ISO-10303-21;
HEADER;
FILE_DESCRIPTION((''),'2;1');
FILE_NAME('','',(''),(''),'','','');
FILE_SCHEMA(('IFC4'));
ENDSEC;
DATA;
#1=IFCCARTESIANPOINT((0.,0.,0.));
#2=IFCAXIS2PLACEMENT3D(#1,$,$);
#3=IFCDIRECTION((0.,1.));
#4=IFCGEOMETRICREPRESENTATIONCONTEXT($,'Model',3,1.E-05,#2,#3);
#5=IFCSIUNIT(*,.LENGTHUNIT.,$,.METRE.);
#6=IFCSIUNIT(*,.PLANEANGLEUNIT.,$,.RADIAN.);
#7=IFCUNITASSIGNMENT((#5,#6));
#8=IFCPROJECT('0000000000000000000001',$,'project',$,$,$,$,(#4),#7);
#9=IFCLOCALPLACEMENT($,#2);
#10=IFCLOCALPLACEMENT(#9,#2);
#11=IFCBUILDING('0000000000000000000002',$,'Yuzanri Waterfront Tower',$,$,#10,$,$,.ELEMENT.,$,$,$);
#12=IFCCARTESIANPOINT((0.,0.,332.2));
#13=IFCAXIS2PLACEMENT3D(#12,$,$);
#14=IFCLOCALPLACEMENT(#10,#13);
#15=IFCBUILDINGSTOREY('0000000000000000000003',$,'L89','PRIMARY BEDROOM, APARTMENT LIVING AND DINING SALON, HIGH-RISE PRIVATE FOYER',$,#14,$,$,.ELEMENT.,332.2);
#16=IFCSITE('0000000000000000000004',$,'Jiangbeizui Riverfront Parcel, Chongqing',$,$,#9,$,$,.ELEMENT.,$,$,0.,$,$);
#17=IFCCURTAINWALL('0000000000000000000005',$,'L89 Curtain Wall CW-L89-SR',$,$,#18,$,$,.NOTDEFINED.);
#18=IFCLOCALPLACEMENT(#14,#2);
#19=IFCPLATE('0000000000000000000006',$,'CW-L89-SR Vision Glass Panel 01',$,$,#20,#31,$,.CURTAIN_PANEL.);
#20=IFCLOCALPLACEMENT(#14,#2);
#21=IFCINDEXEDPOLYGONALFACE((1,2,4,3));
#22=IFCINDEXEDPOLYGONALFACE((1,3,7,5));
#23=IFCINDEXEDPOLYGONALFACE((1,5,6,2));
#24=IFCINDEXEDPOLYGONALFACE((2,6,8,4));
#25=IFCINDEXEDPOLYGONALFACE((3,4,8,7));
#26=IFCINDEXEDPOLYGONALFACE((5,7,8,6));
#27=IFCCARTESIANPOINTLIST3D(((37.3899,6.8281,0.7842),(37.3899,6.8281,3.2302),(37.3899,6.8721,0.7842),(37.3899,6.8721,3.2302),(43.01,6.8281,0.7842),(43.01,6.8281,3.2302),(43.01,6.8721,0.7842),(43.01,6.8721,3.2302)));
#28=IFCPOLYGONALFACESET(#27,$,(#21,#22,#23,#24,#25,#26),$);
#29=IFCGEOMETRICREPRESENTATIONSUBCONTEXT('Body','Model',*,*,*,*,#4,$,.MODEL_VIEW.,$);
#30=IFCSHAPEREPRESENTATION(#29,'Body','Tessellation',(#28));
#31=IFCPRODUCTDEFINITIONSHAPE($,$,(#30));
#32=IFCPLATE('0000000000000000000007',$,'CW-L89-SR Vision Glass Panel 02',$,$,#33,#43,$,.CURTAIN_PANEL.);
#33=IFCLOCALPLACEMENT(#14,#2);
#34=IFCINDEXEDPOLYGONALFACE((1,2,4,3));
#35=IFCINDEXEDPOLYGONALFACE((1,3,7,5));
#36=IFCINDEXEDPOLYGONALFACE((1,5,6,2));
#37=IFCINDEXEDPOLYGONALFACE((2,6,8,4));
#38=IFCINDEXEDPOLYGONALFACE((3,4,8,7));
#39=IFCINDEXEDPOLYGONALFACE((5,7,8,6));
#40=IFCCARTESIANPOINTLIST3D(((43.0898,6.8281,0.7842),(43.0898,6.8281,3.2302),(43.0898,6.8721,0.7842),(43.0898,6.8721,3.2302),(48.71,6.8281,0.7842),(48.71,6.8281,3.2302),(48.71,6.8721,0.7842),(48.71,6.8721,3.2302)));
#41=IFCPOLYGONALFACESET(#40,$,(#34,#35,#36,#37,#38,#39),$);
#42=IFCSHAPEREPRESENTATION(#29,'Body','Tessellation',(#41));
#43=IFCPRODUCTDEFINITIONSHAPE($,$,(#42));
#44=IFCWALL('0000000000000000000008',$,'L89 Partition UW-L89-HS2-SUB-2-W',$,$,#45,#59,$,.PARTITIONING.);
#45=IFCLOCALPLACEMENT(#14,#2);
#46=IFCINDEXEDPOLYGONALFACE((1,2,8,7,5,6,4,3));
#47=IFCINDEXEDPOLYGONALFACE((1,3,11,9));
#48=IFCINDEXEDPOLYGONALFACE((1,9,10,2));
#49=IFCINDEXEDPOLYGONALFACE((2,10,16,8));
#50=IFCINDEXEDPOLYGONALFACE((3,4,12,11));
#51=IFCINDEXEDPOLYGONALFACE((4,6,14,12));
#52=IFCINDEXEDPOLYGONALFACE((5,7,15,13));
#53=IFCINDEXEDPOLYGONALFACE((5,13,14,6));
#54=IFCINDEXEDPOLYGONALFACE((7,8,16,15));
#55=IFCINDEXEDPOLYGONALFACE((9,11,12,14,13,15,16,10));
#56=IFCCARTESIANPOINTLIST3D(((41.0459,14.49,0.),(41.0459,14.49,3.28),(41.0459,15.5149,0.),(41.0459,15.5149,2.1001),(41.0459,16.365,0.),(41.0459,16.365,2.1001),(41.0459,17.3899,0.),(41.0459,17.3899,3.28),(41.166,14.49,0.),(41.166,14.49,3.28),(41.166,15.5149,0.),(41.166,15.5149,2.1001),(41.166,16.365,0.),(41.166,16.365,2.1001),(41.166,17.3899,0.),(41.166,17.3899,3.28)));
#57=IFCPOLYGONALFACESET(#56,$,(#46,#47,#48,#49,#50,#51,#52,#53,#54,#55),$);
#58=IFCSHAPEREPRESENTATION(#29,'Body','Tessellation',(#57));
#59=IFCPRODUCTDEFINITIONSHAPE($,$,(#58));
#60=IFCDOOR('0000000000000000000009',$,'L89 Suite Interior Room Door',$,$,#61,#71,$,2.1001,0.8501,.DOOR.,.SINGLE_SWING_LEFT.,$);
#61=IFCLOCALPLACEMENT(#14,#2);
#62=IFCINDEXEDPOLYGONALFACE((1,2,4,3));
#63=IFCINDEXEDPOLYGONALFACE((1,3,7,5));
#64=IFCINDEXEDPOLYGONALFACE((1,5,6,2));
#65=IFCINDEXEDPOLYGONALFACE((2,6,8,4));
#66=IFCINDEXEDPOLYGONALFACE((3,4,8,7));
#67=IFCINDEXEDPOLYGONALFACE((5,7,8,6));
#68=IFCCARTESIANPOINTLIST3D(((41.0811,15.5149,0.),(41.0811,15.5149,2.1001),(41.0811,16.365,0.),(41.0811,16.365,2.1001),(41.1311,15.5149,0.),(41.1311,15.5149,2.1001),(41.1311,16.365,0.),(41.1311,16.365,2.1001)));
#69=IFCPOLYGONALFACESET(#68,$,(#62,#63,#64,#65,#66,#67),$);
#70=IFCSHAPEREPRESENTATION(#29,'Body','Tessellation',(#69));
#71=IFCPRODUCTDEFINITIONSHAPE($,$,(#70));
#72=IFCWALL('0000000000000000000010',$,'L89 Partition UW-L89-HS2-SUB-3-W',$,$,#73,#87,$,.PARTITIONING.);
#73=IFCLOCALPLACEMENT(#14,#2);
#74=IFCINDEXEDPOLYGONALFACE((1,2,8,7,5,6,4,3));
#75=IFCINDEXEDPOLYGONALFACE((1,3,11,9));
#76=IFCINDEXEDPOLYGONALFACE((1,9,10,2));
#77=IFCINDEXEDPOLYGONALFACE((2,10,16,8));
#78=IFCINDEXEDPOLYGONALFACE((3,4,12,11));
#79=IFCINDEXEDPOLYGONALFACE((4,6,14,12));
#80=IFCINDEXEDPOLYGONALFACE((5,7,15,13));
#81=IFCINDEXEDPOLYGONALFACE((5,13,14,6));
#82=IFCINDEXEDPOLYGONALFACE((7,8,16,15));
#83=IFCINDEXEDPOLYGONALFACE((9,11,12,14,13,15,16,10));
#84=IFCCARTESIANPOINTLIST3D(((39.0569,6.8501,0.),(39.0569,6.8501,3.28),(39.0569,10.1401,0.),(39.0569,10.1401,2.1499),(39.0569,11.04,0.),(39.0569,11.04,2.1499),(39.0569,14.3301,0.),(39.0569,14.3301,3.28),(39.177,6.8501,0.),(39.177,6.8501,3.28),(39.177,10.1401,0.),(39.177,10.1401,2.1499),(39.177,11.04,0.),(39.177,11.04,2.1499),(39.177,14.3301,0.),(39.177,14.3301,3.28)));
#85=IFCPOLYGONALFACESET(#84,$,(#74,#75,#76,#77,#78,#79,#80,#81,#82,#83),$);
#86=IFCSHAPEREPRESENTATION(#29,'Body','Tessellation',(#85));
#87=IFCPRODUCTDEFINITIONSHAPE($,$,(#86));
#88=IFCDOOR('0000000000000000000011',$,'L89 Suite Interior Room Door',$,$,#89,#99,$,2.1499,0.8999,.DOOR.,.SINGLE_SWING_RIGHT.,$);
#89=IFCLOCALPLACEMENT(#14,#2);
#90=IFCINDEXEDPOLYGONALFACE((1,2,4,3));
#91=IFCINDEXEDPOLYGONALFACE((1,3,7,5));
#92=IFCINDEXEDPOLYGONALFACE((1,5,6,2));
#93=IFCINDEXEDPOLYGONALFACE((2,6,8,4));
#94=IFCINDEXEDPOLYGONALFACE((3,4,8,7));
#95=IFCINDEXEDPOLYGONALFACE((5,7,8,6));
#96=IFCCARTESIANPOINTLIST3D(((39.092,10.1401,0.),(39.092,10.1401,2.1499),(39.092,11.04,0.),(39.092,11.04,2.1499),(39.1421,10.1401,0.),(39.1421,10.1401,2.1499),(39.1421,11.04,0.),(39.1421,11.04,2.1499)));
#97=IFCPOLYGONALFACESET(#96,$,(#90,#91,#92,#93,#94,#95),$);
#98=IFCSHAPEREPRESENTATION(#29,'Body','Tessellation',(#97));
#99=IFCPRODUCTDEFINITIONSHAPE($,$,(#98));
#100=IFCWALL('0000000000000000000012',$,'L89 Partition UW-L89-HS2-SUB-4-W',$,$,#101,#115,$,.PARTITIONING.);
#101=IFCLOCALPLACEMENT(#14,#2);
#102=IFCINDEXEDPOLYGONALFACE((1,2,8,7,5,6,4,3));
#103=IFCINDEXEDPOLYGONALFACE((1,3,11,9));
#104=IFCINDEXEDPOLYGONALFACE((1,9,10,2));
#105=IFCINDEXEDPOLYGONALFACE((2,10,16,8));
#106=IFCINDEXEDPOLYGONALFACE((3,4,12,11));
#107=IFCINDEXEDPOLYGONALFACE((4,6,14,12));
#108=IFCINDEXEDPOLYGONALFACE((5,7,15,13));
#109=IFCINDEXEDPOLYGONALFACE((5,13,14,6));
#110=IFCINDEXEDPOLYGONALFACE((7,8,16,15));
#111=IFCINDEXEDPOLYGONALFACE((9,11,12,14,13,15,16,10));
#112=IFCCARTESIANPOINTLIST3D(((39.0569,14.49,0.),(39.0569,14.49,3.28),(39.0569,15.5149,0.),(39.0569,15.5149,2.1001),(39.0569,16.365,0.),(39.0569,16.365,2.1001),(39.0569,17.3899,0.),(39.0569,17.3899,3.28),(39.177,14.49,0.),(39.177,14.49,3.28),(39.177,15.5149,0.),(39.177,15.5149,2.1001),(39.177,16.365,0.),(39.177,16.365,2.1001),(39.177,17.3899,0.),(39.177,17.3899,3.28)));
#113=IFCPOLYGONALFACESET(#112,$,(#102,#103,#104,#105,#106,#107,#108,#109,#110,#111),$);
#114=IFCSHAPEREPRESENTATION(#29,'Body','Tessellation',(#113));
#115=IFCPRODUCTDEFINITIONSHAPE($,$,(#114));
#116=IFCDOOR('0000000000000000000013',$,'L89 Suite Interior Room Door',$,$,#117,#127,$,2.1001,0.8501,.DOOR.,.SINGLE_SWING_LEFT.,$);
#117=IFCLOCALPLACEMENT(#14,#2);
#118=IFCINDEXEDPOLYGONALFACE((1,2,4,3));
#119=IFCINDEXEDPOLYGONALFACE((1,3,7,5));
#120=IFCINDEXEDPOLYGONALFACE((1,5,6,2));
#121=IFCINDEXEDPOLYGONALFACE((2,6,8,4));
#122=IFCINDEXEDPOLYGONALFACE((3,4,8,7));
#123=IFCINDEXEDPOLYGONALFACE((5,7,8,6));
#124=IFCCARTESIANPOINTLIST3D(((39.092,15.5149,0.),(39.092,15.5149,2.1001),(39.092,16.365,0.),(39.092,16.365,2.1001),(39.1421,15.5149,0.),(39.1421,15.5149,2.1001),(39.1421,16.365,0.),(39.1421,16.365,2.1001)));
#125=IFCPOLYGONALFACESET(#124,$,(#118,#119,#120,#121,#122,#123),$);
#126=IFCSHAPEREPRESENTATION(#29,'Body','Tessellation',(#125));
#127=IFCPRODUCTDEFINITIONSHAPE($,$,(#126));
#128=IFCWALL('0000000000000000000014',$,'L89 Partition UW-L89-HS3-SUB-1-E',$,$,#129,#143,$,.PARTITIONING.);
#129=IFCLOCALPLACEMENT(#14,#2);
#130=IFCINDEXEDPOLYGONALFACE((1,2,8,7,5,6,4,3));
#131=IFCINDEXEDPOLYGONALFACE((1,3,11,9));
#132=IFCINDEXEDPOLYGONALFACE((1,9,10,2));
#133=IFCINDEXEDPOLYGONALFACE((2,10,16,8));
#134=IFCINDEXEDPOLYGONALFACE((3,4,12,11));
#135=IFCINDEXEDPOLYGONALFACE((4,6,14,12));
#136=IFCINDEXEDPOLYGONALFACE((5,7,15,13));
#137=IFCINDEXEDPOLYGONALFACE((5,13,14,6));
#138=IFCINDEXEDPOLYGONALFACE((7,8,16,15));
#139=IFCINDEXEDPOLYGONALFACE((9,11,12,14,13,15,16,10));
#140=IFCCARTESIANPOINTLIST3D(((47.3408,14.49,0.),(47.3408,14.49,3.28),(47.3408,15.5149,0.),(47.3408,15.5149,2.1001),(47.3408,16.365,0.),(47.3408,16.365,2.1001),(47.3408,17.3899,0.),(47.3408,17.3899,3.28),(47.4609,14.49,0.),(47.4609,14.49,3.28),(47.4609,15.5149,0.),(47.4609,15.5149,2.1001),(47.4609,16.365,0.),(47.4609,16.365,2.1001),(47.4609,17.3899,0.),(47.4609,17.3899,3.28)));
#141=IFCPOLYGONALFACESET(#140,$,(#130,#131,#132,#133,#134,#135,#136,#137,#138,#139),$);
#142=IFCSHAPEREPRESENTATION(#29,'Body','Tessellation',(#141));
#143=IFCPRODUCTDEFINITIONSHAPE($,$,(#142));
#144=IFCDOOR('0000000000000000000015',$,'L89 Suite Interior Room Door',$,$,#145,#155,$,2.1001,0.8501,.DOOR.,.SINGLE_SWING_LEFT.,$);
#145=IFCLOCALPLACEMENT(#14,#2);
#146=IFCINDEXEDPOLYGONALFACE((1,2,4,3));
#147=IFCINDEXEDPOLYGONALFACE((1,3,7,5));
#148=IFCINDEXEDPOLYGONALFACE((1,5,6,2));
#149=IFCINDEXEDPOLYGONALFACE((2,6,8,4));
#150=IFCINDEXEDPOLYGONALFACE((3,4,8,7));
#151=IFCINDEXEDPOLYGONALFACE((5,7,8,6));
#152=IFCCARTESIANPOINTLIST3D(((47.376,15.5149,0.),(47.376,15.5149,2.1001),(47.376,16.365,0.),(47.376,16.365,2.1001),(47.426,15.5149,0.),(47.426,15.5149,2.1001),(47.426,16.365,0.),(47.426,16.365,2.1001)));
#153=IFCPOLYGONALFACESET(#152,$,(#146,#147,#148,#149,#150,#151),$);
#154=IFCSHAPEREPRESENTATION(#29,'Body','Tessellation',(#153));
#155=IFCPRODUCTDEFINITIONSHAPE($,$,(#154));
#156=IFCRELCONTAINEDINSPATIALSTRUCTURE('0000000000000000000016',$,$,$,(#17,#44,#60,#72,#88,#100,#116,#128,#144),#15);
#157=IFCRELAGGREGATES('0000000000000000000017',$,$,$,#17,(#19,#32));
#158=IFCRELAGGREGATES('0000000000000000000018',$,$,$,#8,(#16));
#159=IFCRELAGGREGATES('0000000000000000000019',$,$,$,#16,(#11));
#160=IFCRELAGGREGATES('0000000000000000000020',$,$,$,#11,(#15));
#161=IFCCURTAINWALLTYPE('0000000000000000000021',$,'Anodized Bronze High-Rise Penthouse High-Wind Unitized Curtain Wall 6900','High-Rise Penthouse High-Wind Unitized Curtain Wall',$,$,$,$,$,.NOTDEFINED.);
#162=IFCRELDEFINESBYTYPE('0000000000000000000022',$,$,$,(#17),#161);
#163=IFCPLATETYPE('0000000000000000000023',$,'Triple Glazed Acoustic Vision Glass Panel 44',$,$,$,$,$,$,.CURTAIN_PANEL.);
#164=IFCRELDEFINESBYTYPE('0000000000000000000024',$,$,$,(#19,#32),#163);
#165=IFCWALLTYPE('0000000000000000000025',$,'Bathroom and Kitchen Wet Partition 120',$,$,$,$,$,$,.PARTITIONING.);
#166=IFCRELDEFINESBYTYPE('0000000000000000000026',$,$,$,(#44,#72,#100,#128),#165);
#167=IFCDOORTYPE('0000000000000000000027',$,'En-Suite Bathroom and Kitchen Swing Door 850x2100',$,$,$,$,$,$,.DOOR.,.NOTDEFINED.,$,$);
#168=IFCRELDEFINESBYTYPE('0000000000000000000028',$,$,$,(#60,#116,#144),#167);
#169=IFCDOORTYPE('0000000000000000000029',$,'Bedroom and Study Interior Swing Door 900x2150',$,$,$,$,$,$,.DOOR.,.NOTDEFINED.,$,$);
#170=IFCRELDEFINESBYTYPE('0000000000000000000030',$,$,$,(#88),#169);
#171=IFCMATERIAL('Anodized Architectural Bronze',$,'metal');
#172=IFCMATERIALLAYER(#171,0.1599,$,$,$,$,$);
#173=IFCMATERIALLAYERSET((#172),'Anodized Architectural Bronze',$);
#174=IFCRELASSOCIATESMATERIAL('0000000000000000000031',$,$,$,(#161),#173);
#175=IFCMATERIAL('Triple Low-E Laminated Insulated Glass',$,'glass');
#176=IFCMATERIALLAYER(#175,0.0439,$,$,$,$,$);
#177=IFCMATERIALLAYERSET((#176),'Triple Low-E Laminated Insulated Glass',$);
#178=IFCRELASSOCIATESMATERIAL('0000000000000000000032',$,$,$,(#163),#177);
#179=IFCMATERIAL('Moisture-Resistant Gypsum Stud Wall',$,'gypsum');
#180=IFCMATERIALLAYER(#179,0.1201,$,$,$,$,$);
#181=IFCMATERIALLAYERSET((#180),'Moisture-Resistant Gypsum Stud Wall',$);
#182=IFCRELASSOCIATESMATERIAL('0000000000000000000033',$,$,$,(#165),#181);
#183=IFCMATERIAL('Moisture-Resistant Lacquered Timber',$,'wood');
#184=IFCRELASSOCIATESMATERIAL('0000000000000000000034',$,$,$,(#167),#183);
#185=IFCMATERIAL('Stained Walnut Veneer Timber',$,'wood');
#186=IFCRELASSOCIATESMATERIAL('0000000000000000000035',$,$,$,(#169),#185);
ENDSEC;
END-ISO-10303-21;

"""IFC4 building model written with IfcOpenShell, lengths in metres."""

from ifc_helpers import new_model, si_unit, direction, frame, frame_2d, origin, origin_2d, place, context, subcontext, project, spatial, rectangle, extrude, source, transform, mapped, material, layer, layer_set, type_object, element, fill, aggregate, save


model = new_model("IFC4")

# Units and contexts
model_context = context("Model", 3, precision=1e-05, world=origin(), true_north=direction((0.0, 1.0)))
body_context = subcontext(model_context, "Body", "Model", "MODEL_VIEW")
ifc_project = project(units=[si_unit("LENGTHUNIT", "METRE"), si_unit("PLANEANGLEUNIT", "RADIAN")], contexts=[model_context])

# Site, building, storey
site_placement = place(None, origin())
site = spatial("IfcSite", under=ifc_project, at=site_placement, Name="Jiangbeizui Riverfront Parcel, Chongqing", CompositionType="ELEMENT", RefElevation=0.0)
building_placement = place(site_placement, origin())
building = spatial("IfcBuilding", under=site, at=building_placement, Name="Yuzanri Waterfront Tower", CompositionType="ELEMENT")
storey_placement = place(building_placement, frame((0.0, 0.0, 332.2)))
storey = spatial("IfcBuildingStorey", under=building, at=storey_placement, Name="L89", Description="PRIMARY BEDROOM, APARTMENT LIVING AND DINING SALON, HIGH-RISE PRIVATE FOYER", CompositionType="ELEMENT", Elevation=332.2)

# Curtain wall, plates
ifc_material_1 = material(Name="Anodized Architectural Bronze", Category="metal")
ifc_layer_1 = layer(ifc_material_1, 0.1599)
ifc_layer_set_1 = layer_set([ifc_layer_1], Name="Anodized Architectural Bronze")
curtain_wall_type = type_object("IfcCurtainWallType", Name="Anodized Bronze High-Rise Penthouse High-Wind Unitized Curtain Wall 6900", Description="High-Rise Penthouse High-Wind Unitized Curtain Wall", PredefinedType="NOTDEFINED", material=ifc_layer_set_1)
curtain_wall_placement = place(storey_placement, origin())
curtain_wall = element("IfcCurtainWall", 1, at=curtain_wall_placement, inside=storey, type_object=curtain_wall_type, Name="L89 Curtain Wall CW-L89-SR", PredefinedType="NOTDEFINED")
ifc_material_2 = material(Name="Triple Low-E Laminated Insulated Glass", Category="glass")
ifc_layer_2 = layer(ifc_material_2, 0.0439)
ifc_layer_set_2 = layer_set([ifc_layer_2], Name="Triple Low-E Laminated Insulated Glass")
plate_type_1 = type_object("IfcPlateType", Name="Triple Glazed Acoustic Vision Glass Panel 44", PredefinedType="CURTAIN_PANEL", material=ifc_layer_set_2)
shared_shape_1 = source(origin(), body_context, "Body", "SweptSolid", [
    extrude(rectangle(XDim=5.6201, YDim=0.0439, at=origin_2d()), origin(), (0.0, 0.0, 1.0), 2.446),
])
plate_1_placement = place(storey_placement, frame((40.2, 6.8501, 0.7842), z_axis=(0.0, 0.0, 1.0), x_axis=(1.0, 0.0, 0.0)))
plate_1 = element("IfcPlate", 2, at=plate_1_placement, type_object=plate_type_1, Name="CW-L89-SR Vision Glass Panel 01", PredefinedType="CURTAIN_PANEL", context=body_context, shape_type="MappedRepresentation", body=[
    mapped(shared_shape_1, transform((0.0, 0.0, 0.0), scale=1.0)),
])
plate_2_placement = place(storey_placement, frame((45.8999, 6.8501, 0.7842), z_axis=(0.0, 0.0, 1.0), x_axis=(1.0, 0.0, 0.0)))
plate_2 = element("IfcPlate", 3, at=plate_2_placement, type_object=plate_type_1, Name="CW-L89-SR Vision Glass Panel 02", PredefinedType="CURTAIN_PANEL", context=body_context, shape_type="MappedRepresentation", body=[
    mapped(shared_shape_1, transform((0.0, 0.0, 0.0), scale=1.0)),
])
aggregate(curtain_wall, [plate_1, plate_2])

# Walls, openings, doors
ifc_material_3 = material(Name="Moisture-Resistant Gypsum Stud Wall", Category="gypsum")
ifc_layer_3 = layer(ifc_material_3, 0.1201)
ifc_layer_set_3 = layer_set([ifc_layer_3], Name="Moisture-Resistant Gypsum Stud Wall")
wall_type_1 = type_object("IfcWallType", Name="Bathroom and Kitchen Wet Partition 120", PredefinedType="PARTITIONING", material=ifc_layer_set_3)
wall_1_placement = place(storey_placement, frame((41.106, 14.49, 0.0), z_axis=(0.0, 0.0, 1.0), x_axis=(0.0, 1.0, 0.0)))
wall_1 = element("IfcWall", 4, at=wall_1_placement, inside=storey, type_object=wall_type_1, Name="L89 Partition UW-L89-HS2-SUB-2-W", PredefinedType="PARTITIONING", context=body_context, shape_type="SweptSolid", body=[
    extrude(rectangle(XDim=2.8999, YDim=0.1201, at=frame_2d((1.45, 0.0))), origin(), (0.0, 0.0, 1.0), 3.28),
])
opening_1_placement = place(wall_1_placement, frame((1.0249, 0.0, 0.0)))
opening_1 = element("IfcOpeningElement", 5, at=opening_1_placement, cuts=wall_1, PredefinedType="OPENING", context=body_context, shape_type="SweptSolid", body=[
    extrude(rectangle(XDim=0.8501, YDim=2.1001, at=frame_2d((0.425, 1.05))), frame((0.0, 0.075, 0.0), z_axis=(0.0, -1.0, 0.0), x_axis=(1.0, 0.0, 0.0)), (0.0, 0.0, 1.0), 0.1499),
])
ifc_material_4 = material(Name="Moisture-Resistant Lacquered Timber", Category="wood")
door_type_1 = type_object("IfcDoorType", Name="En-Suite Bathroom and Kitchen Swing Door 850x2100", OperationType="NOTDEFINED", PredefinedType="DOOR", material=ifc_material_4)
shared_shape_2 = source(origin(), body_context, "Body", "SweptSolid", [
    extrude(rectangle(XDim=0.8501, YDim=2.1001, at=frame_2d((0.425, 1.05))), frame((0.0, 0.0249, 0.0), z_axis=(0.0, -1.0, 0.0), x_axis=(1.0, 0.0, 0.0)), (0.0, 0.0, 1.0), 0.05),
])
door_1_placement = place(opening_1_placement, origin())
door_1 = element("IfcDoor", 6, at=door_1_placement, inside=storey, type_object=door_type_1, Name="L89 Suite Interior Room Door", OperationType="SINGLE_SWING_LEFT", OverallHeight=2.1001, OverallWidth=0.8501, PredefinedType="DOOR", context=body_context, shape_type="MappedRepresentation", body=[
    mapped(shared_shape_2, transform((0.0, 0.0, 0.0), scale=1.0)),
])
fill(opening_1, door_1)
wall_2_placement = place(storey_placement, frame((39.1169, 6.8501, 0.0), z_axis=(0.0, 0.0, 1.0), x_axis=(0.0, 1.0, 0.0)))
wall_2 = element("IfcWall", 7, at=wall_2_placement, inside=storey, type_object=wall_type_1, Name="L89 Partition UW-L89-HS2-SUB-3-W", PredefinedType="PARTITIONING", context=body_context, shape_type="SweptSolid", body=[
    extrude(rectangle(XDim=7.48, YDim=0.1201, at=frame_2d((3.74, 0.0))), origin(), (0.0, 0.0, 1.0), 3.28),
])
opening_2_placement = place(wall_2_placement, frame((3.29, 0.0, 0.0)))
opening_2 = element("IfcOpeningElement", 8, at=opening_2_placement, cuts=wall_2, PredefinedType="OPENING", context=body_context, shape_type="SweptSolid", body=[
    extrude(rectangle(XDim=0.8999, YDim=2.1499, at=frame_2d((0.45, 1.075))), frame((0.0, 0.075, 0.0), z_axis=(0.0, -1.0, 0.0), x_axis=(1.0, 0.0, 0.0)), (0.0, 0.0, 1.0), 0.1499),
])
ifc_material_5 = material(Name="Stained Walnut Veneer Timber", Category="wood")
door_type_2 = type_object("IfcDoorType", Name="Bedroom and Study Interior Swing Door 900x2150", OperationType="NOTDEFINED", PredefinedType="DOOR", material=ifc_material_5)
shared_shape_3 = source(origin(), body_context, "Body", "SweptSolid", [
    extrude(rectangle(XDim=0.8999, YDim=2.1499, at=frame_2d((0.45, 1.075))), frame((0.0, 0.0249, 0.0), z_axis=(0.0, -1.0, 0.0), x_axis=(1.0, 0.0, 0.0)), (0.0, 0.0, 1.0), 0.05),
])
door_2_placement = place(opening_2_placement, origin())
door_2 = element("IfcDoor", 9, at=door_2_placement, inside=storey, type_object=door_type_2, Name="L89 Suite Interior Room Door", OperationType="SINGLE_SWING_RIGHT", OverallHeight=2.1499, OverallWidth=0.8999, PredefinedType="DOOR", context=body_context, shape_type="MappedRepresentation", body=[
    mapped(shared_shape_3, transform((0.0, 0.0, 0.0), scale=1.0)),
])
fill(opening_2, door_2)
wall_3_placement = place(storey_placement, frame((39.1169, 14.49, 0.0), z_axis=(0.0, 0.0, 1.0), x_axis=(0.0, 1.0, 0.0)))
wall_3 = element("IfcWall", 10, at=wall_3_placement, inside=storey, type_object=wall_type_1, Name="L89 Partition UW-L89-HS2-SUB-4-W", PredefinedType="PARTITIONING", context=body_context, shape_type="SweptSolid", body=[
    extrude(rectangle(XDim=2.8999, YDim=0.1201, at=frame_2d((1.45, 0.0))), origin(), (0.0, 0.0, 1.0), 3.28),
])
opening_3_placement = place(wall_3_placement, frame((1.0249, 0.0, 0.0)))
opening_3 = element("IfcOpeningElement", 11, at=opening_3_placement, cuts=wall_3, PredefinedType="OPENING", context=body_context, shape_type="SweptSolid", body=[
    extrude(rectangle(XDim=0.8501, YDim=2.1001, at=frame_2d((0.425, 1.05))), frame((0.0, 0.075, 0.0), z_axis=(0.0, -1.0, 0.0), x_axis=(1.0, 0.0, 0.0)), (0.0, 0.0, 1.0), 0.1499),
])
door_3_placement = place(opening_3_placement, origin())
door_3 = element("IfcDoor", 12, at=door_3_placement, inside=storey, type_object=door_type_1, Name="L89 Suite Interior Room Door", OperationType="SINGLE_SWING_LEFT", OverallHeight=2.1001, OverallWidth=0.8501, PredefinedType="DOOR", context=body_context, shape_type="MappedRepresentation", body=[
    mapped(shared_shape_2, transform((0.0, 0.0, 0.0), scale=1.0)),
])
fill(opening_3, door_3)
wall_4_placement = place(storey_placement, frame((47.4009, 14.49, 0.0), z_axis=(0.0, 0.0, 1.0), x_axis=(0.0, 1.0, 0.0)))
wall_4 = element("IfcWall", 13, at=wall_4_placement, inside=storey, type_object=wall_type_1, Name="L89 Partition UW-L89-HS3-SUB-1-E", PredefinedType="PARTITIONING", context=body_context, shape_type="SweptSolid", body=[
    extrude(rectangle(XDim=2.8999, YDim=0.1201, at=frame_2d((1.45, 0.0))), origin(), (0.0, 0.0, 1.0), 3.28),
])
opening_4_placement = place(wall_4_placement, frame((1.0249, 0.0, 0.0)))
opening_4 = element("IfcOpeningElement", 14, at=opening_4_placement, cuts=wall_4, PredefinedType="OPENING", context=body_context, shape_type="SweptSolid", body=[
    extrude(rectangle(XDim=0.8501, YDim=2.1001, at=frame_2d((0.425, 1.05))), frame((0.0, 0.075, 0.0), z_axis=(0.0, -1.0, 0.0), x_axis=(1.0, 0.0, 0.0)), (0.0, 0.0, 1.0), 0.1499),
])
door_4_placement = place(opening_4_placement, origin())
door_4 = element("IfcDoor", 15, at=door_4_placement, inside=storey, type_object=door_type_1, Name="L89 Suite Interior Room Door", OperationType="SINGLE_SWING_LEFT", OverallHeight=2.1001, OverallWidth=0.8501, PredefinedType="DOOR", context=body_context, shape_type="MappedRepresentation", body=[
    mapped(shared_shape_2, transform((0.0, 0.0, 0.0), scale=1.0)),
])
fill(opening_4, door_4)

save(model, "model.ifc")
